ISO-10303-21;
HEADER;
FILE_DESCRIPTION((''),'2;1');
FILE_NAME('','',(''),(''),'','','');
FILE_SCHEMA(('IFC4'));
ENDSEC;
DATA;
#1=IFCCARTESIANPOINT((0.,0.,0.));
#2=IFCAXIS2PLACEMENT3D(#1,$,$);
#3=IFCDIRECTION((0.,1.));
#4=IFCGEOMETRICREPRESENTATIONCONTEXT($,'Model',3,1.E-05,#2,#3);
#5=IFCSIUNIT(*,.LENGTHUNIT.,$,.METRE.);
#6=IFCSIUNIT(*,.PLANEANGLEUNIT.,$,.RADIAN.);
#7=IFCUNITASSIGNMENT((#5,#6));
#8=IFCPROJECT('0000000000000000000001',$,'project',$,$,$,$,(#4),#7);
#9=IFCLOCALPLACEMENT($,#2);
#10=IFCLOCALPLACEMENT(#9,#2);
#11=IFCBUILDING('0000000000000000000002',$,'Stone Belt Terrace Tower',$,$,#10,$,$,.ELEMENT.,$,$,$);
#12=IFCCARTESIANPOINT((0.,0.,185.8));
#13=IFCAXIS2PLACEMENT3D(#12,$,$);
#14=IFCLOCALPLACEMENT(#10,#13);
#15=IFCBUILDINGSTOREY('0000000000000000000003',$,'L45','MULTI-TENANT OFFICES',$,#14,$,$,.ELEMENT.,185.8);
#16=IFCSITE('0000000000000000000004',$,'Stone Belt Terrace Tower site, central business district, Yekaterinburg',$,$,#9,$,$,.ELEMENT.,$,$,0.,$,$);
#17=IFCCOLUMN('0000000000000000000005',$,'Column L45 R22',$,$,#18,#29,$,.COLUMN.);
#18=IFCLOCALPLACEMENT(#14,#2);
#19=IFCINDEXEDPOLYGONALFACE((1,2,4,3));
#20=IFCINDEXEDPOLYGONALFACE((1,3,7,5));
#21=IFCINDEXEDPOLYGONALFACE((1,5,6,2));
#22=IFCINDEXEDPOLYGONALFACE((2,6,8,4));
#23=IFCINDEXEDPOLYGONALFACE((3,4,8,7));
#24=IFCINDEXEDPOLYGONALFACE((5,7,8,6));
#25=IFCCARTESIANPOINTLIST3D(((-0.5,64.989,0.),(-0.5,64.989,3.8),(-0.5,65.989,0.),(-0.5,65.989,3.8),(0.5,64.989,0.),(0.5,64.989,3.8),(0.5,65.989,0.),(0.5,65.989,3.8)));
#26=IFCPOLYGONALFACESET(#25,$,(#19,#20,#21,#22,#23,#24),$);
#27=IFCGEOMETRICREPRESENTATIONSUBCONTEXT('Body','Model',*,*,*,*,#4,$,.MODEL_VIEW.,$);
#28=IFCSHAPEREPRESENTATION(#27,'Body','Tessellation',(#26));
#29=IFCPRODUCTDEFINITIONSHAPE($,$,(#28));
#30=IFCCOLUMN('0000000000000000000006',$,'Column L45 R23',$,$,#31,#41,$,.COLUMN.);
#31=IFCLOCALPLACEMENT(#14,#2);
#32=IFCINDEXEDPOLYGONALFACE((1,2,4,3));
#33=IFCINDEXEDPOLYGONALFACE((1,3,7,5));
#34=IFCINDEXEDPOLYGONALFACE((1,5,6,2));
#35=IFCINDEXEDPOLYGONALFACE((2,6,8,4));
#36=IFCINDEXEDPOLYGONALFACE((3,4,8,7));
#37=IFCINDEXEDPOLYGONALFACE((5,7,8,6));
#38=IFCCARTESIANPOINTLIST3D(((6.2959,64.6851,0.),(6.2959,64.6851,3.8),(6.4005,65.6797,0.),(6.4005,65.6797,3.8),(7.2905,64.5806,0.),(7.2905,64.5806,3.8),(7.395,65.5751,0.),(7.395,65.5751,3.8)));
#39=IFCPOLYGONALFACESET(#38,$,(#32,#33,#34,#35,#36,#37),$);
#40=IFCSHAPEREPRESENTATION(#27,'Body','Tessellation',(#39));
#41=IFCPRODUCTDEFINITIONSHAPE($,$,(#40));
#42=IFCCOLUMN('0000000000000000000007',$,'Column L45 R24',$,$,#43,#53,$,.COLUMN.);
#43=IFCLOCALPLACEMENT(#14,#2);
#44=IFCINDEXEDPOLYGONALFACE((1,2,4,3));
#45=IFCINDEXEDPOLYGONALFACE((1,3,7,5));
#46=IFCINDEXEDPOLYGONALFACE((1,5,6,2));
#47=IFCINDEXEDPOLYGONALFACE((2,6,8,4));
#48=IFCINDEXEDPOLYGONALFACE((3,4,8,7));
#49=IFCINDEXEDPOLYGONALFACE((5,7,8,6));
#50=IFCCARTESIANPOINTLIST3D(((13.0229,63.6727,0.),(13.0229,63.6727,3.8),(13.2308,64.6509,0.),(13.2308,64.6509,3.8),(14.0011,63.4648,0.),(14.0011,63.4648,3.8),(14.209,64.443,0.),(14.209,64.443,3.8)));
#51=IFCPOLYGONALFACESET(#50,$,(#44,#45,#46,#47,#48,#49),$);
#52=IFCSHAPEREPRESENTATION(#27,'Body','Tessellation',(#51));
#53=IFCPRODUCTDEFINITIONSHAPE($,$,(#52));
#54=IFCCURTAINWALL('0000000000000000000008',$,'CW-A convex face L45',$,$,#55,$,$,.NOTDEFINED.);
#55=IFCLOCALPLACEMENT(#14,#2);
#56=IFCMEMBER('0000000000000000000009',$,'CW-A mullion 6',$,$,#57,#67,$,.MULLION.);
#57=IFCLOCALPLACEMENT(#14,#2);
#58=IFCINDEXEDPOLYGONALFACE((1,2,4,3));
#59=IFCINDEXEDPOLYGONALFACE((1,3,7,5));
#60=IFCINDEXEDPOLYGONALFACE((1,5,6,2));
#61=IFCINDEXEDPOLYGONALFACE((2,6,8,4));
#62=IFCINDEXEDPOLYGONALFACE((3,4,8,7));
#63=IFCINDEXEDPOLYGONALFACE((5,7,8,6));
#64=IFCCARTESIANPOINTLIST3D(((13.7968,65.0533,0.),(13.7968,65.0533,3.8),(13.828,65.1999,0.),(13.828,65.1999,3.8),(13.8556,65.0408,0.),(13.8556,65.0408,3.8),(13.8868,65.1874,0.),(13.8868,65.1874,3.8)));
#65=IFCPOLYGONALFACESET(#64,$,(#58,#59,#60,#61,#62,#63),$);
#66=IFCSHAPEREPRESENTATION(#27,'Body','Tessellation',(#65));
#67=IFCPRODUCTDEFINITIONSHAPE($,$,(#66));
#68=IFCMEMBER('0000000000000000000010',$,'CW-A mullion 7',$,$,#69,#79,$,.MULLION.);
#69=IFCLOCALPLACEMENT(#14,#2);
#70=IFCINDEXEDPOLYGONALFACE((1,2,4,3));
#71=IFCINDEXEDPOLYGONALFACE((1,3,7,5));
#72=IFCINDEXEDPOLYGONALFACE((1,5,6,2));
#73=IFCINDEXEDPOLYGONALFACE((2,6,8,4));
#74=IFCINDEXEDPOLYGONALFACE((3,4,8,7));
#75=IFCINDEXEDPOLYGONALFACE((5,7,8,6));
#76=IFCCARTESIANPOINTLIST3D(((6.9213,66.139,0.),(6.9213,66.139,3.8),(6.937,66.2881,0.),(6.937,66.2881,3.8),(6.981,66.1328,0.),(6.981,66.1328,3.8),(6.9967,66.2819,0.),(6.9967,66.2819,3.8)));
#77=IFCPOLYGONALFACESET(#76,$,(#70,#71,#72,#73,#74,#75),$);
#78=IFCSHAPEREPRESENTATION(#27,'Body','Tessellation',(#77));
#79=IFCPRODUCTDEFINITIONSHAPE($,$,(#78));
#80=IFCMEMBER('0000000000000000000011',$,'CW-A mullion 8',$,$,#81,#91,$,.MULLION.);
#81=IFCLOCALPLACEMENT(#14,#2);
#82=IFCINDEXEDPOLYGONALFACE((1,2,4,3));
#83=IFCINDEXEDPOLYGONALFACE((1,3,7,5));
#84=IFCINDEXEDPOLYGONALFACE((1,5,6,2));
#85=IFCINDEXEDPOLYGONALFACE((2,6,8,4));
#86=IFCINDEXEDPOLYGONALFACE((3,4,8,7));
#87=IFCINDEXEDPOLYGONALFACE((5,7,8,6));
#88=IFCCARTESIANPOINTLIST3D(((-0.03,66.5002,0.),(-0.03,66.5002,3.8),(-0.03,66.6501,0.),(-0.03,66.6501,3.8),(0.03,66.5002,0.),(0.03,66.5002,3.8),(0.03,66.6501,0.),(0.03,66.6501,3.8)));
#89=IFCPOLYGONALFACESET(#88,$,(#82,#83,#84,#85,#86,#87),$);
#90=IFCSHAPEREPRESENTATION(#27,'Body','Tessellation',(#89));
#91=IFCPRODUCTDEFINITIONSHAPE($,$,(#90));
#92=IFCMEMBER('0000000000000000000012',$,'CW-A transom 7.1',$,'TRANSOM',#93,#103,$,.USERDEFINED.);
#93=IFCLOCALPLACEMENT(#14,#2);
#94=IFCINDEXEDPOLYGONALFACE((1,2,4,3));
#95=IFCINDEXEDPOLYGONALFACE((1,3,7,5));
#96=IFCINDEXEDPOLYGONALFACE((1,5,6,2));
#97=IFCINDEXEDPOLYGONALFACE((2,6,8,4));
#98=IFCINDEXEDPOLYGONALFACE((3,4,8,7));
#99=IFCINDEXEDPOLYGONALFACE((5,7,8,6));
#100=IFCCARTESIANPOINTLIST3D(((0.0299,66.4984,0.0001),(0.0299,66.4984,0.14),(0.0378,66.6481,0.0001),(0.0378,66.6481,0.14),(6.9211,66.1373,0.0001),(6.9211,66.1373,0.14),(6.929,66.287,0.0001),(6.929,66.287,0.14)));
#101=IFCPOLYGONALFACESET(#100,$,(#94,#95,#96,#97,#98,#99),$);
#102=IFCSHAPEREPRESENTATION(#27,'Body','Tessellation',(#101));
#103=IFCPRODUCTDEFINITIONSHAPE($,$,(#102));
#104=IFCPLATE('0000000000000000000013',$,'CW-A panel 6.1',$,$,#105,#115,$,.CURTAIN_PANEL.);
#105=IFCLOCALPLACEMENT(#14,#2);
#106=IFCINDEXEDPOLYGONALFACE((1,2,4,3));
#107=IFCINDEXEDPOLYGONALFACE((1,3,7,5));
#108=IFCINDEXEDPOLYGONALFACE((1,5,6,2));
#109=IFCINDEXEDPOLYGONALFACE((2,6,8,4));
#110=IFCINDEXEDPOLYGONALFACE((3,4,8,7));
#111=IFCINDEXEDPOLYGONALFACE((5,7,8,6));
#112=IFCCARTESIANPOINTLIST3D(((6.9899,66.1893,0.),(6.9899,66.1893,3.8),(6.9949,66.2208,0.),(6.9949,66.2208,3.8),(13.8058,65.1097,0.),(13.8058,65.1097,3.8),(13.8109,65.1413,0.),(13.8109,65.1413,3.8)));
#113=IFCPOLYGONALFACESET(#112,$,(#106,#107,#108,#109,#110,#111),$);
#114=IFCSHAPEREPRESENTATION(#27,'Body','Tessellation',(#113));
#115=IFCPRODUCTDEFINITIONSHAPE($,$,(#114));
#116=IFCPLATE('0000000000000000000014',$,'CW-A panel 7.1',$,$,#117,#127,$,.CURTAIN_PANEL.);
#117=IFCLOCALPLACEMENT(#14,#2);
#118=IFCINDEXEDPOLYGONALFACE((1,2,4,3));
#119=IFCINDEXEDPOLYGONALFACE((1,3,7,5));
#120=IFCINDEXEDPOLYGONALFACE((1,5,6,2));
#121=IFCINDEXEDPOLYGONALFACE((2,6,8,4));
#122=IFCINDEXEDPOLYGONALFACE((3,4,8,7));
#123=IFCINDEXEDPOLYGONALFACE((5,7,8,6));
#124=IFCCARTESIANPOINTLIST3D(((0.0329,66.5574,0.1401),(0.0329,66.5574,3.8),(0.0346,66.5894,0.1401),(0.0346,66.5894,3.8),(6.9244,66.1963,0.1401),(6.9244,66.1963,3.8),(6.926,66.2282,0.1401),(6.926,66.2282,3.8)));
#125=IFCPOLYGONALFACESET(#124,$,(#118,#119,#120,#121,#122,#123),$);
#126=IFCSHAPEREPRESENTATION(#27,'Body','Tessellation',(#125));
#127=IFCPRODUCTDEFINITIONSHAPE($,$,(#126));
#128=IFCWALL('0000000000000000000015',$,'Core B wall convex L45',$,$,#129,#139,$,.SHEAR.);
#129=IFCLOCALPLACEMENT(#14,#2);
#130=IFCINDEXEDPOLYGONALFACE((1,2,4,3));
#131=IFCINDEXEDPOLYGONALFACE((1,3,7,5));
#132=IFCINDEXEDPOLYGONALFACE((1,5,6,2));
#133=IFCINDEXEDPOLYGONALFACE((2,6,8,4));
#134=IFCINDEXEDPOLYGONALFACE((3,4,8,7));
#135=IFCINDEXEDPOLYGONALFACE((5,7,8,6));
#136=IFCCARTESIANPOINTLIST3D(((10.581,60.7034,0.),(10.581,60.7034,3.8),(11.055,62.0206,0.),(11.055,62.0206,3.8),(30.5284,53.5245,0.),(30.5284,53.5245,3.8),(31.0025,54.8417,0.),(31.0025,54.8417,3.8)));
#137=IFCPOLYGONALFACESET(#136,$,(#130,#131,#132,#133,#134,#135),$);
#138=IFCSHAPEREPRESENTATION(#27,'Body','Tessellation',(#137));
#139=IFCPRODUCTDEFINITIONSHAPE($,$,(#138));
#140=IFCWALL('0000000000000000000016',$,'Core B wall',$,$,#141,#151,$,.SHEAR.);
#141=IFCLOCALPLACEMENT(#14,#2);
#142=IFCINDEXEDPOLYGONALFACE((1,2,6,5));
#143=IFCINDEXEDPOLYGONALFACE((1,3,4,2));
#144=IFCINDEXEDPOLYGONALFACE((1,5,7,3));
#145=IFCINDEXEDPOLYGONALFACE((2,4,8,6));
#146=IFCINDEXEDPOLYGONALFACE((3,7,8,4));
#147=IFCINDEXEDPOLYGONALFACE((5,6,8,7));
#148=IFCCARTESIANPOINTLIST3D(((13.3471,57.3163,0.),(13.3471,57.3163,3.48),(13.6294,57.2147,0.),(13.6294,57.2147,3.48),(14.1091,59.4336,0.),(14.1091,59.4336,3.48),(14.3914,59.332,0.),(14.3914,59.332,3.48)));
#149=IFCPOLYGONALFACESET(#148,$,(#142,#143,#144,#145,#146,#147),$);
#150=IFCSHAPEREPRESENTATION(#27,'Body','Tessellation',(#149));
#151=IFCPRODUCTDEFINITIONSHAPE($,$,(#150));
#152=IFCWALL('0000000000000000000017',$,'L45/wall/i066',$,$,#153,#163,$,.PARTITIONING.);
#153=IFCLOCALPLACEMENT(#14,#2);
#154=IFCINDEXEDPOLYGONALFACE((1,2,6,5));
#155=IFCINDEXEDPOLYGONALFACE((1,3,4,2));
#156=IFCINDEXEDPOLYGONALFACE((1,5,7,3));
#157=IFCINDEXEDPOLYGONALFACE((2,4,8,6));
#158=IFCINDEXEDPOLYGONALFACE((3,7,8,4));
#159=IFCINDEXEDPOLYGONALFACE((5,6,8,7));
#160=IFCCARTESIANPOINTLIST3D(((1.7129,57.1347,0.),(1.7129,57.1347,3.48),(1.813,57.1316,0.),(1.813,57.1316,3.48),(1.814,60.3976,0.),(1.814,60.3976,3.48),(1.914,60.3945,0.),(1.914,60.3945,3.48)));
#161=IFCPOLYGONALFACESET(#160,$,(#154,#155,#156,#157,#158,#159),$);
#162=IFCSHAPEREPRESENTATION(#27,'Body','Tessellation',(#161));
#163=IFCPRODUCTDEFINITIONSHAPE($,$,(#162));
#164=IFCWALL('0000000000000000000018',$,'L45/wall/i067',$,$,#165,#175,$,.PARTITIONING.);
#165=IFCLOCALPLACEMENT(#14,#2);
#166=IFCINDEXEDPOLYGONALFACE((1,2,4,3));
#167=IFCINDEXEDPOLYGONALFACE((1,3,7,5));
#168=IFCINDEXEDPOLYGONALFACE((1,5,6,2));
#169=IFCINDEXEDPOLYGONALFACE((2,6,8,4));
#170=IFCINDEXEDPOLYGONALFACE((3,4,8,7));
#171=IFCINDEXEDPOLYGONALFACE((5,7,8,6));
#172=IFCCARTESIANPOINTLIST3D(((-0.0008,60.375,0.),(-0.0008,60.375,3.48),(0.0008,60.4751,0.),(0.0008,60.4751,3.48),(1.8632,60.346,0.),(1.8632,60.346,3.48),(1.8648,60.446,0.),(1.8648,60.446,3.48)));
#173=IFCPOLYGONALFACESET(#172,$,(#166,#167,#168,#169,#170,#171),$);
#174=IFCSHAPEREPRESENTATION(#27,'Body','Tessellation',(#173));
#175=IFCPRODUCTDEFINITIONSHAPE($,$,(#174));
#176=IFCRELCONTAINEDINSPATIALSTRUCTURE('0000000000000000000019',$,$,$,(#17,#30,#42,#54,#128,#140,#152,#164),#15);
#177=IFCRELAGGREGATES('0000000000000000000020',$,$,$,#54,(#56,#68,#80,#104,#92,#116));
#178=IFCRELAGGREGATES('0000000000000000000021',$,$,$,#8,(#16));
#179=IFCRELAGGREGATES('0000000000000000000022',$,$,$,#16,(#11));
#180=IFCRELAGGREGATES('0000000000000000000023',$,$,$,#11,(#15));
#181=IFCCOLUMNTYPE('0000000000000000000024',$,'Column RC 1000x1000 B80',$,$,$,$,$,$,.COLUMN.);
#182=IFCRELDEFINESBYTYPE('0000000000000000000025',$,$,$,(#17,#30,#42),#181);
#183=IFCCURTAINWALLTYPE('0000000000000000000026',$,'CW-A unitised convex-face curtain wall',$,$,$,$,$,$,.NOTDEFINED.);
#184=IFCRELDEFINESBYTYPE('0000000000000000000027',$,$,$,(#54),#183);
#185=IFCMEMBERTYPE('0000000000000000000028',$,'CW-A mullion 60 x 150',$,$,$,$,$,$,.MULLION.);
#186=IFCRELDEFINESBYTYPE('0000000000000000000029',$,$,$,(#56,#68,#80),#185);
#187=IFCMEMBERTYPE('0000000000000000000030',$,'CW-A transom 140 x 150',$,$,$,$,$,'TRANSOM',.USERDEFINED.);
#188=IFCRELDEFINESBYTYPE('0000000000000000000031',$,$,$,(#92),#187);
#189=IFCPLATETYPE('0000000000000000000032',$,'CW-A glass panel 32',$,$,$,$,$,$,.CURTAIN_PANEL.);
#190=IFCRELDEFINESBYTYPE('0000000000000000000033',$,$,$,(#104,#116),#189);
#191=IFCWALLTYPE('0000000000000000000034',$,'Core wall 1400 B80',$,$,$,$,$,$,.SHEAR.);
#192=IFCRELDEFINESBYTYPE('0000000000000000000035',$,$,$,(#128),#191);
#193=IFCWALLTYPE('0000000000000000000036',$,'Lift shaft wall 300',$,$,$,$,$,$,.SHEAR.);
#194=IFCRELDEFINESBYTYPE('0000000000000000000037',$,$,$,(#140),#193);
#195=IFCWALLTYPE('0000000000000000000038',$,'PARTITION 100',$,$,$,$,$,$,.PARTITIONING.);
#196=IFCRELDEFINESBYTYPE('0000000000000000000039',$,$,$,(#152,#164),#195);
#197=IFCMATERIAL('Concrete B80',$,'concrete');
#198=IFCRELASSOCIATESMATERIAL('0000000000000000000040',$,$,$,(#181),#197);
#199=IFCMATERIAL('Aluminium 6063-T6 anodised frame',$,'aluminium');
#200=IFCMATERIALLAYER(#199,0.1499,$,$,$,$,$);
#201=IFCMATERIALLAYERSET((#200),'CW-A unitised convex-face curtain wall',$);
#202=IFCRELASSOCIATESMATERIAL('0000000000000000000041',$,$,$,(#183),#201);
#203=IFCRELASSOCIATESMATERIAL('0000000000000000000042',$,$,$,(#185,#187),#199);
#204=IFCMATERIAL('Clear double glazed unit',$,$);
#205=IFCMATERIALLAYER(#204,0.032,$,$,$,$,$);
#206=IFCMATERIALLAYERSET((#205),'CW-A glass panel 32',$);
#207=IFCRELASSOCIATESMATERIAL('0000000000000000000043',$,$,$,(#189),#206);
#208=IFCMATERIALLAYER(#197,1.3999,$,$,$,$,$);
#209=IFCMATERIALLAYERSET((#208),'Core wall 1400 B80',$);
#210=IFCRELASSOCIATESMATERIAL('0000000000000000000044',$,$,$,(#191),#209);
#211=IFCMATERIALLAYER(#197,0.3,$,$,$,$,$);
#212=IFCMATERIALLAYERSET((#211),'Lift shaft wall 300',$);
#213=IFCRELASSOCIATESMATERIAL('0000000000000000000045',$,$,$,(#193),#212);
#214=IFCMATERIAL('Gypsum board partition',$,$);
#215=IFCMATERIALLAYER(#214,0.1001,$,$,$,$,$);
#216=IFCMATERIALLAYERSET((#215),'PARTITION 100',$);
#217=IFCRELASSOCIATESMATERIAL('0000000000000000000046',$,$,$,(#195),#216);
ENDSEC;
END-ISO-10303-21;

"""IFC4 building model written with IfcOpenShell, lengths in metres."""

from ifc_helpers import new_model, si_unit, direction, frame, frame_2d, origin, origin_2d, place, context, subcontext, project, spatial, rectangle, extrude, material, layer, layer_set, material_profile, profile_set, type_object, element, aggregate, save


model = new_model("IFC4")

# Units and contexts
model_context = context("Model", 3, precision=1e-05, world=origin(), true_north=direction((0.0, 1.0)))
body_context = subcontext(model_context, "Body", "Model", "MODEL_VIEW")
ifc_project = project(units=[si_unit("LENGTHUNIT", "METRE"), si_unit("PLANEANGLEUNIT", "RADIAN")], contexts=[model_context])

# Site, building, storey
site_placement = place(None, origin())
site = spatial("IfcSite", under=ifc_project, at=site_placement, Name="Stone Belt Terrace Tower site, central business district, Yekaterinburg", CompositionType="ELEMENT", RefElevation=0.0)
building_placement = place(site_placement, origin())
building = spatial("IfcBuilding", under=site, at=building_placement, Name="Stone Belt Terrace Tower", CompositionType="ELEMENT")
storey_placement = place(building_placement, frame((0.0, 0.0, 185.8)))
storey = spatial("IfcBuildingStorey", under=building, at=storey_placement, Name="L45", Description="MULTI-TENANT OFFICES", CompositionType="ELEMENT", Elevation=185.8)

# Columns
ifc_material_1 = material(Name="Concrete B80", Category="concrete")
ifc_material_profile_1 = material_profile(ifc_material_1, rectangle(XDim=1.0, YDim=1.0, at=origin_2d()), Name="RC 1000x1000")
ifc_profile_set_1 = profile_set([ifc_material_profile_1], Name="Concrete B80")
column_type = type_object("IfcColumnType", Name="Column RC 1000x1000 B80", PredefinedType="COLUMN", material=ifc_profile_set_1)
for number, where, z_axis, x_axis, name in (
    (1, (0.0, 65.489, 0.0), (0.0, 0.0, 1.0), (1.0, 0.0, 0.0), "Column L45 R22"),
    (2, (6.8455, 65.1301, 0.0), (0.0, 0.0, 1.0), (0.994522, -0.104528, 0.0), "Column L45 R23"),
    (3, (13.616, 64.0579, 0.0), (0.0, 0.0, 1.0), (0.978148, -0.207912, 0.0), "Column L45 R24"),
):
    element("IfcColumn", number, at=place(storey_placement, frame(where, z_axis=z_axis, x_axis=x_axis)), inside=storey, type_object=column_type, Name=name, PredefinedType="COLUMN", context=body_context, shape_type="SweptSolid", body=[
        extrude(rectangle(XDim=1.0, YDim=1.0, at=origin_2d()), origin(), (0.0, 0.0, 1.0), 3.8),
    ])

# Curtain wall, members, plates
ifc_material_2 = material(Name="Aluminium 6063-T6 anodised frame", Category="aluminium")
ifc_layer_1 = layer(ifc_material_2, 0.1499)
ifc_layer_set_1 = layer_set([ifc_layer_1], Name="CW-A unitised convex-face curtain wall")
curtain_wall_type = type_object("IfcCurtainWallType", Name="CW-A unitised convex-face curtain wall", PredefinedType="NOTDEFINED", material=ifc_layer_set_1)
curtain_wall_placement = place(storey_placement, origin())
curtain_wall = element("IfcCurtainWall", 4, at=curtain_wall_placement, inside=storey, type_object=curtain_wall_type, Name="CW-A convex face L45", PredefinedType="NOTDEFINED")
ifc_material_profile_2 = material_profile(ifc_material_2, rectangle(XDim=0.1499, YDim=0.0601, at=origin_2d()), Name="Aluminium 6063-T6 60x150")
ifc_profile_set_2 = profile_set([ifc_material_profile_2], Name="Aluminium 6063-T6 anodised frame")
member_type_1 = type_object("IfcMemberType", Name="CW-A mullion 60 x 150", PredefinedType="MULLION", material=ifc_profile_set_2)
member_1_placement = place(storey_placement, frame((13.8418, 65.1204, 0.0), z_axis=(0.0, 0.0, 1.0), x_axis=(-0.207912, -0.978148, 0.0)))
member_1 = element("IfcMember", 5, at=member_1_placement, type_object=member_type_1, Name="CW-A mullion 6", PredefinedType="MULLION", context=body_context, shape_type="SweptSolid", body=[
    extrude(rectangle(XDim=0.1499, YDim=0.0601, at=origin_2d()), origin(), (0.0, 0.0, 1.0), 3.8),
])
member_2_placement = place(storey_placement, frame((6.959, 66.2104, 0.0), z_axis=(0.0, 0.0, 1.0), x_axis=(-0.104528, -0.994522, 0.0)))
member_2 = element("IfcMember", 6, at=member_2_placement, type_object=member_type_1, Name="CW-A mullion 7", PredefinedType="MULLION", context=body_context, shape_type="SweptSolid", body=[
    extrude(rectangle(XDim=0.1499, YDim=0.0601, at=origin_2d()), origin(), (0.0, 0.0, 1.0), 3.8),
])
member_3_placement = place(storey_placement, frame((0.0, 66.5752, 0.0), z_axis=(0.0, 0.0, 1.0), x_axis=(0.0, -1.0, 0.0)))
member_3 = element("IfcMember", 7, at=member_3_placement, type_object=member_type_1, Name="CW-A mullion 8", PredefinedType="MULLION", context=body_context, shape_type="SweptSolid", body=[
    extrude(rectangle(XDim=0.1499, YDim=0.0601, at=origin_2d()), origin(), (0.0, 0.0, 1.0), 3.8),
])
ifc_material_profile_3 = material_profile(ifc_material_2, rectangle(XDim=0.1499, YDim=0.1399, at=origin_2d()), Name="Aluminium 6063-T6 150x140")
ifc_profile_set_3 = profile_set([ifc_material_profile_3], Name="Aluminium 6063-T6 anodised frame")
member_type_2 = type_object("IfcMemberType", Name="CW-A transom 140 x 150", ElementType="TRANSOM", PredefinedType="USERDEFINED", material=ifc_profile_set_3)
member_4_placement = place(storey_placement, frame((6.925, 66.2122, 0.0701), z_axis=(-0.99863, 0.052327, 0.0), x_axis=(-0.052327, -0.99863, 0.0)))
member_4 = element("IfcMember", 8, at=member_4_placement, type_object=member_type_2, Name="CW-A transom 7.1", ObjectType="TRANSOM", PredefinedType="USERDEFINED", context=body_context, shape_type="SweptSolid", body=[
    extrude(rectangle(XDim=0.1499, YDim=0.1399, at=origin_2d()), origin(), (0.0, 0.0, 1.0), 6.9006),
])
ifc_material_3 = material(Name="Clear double glazed unit")
ifc_layer_2 = layer(ifc_material_3, 0.032)
ifc_layer_set_2 = layer_set([ifc_layer_2], Name="CW-A glass panel 32")
plate_type = type_object("IfcPlateType", Name="CW-A glass panel 32", PredefinedType="CURTAIN_PANEL", material=ifc_layer_set_2)
plate_1_placement = place(storey_placement, frame((10.4004, 65.6653, 0.0), z_axis=(0.0, 0.0, 1.0), x_axis=(-0.987688, 0.156434, 0.0)))
plate_1 = element("IfcPlate", 9, at=plate_1_placement, type_object=plate_type, Name="CW-A panel 6.1", PredefinedType="CURTAIN_PANEL", context=body_context, shape_type="SweptSolid", body=[
    extrude(rectangle(XDim=6.9009, YDim=0.032, at=origin_2d()), origin(), (0.0, 0.0, 1.0), 3.8),
])
plate_2_placement = place(storey_placement, frame((3.4795, 66.3928, 0.1401), z_axis=(0.0, 0.0, 1.0), x_axis=(-0.99863, 0.052336, 0.0)))
plate_2 = element("IfcPlate", 10, at=plate_2_placement, type_object=plate_type, Name="CW-A panel 7.1", PredefinedType="CURTAIN_PANEL", context=body_context, shape_type="SweptSolid", body=[
    extrude(rectangle(XDim=6.9009, YDim=0.032, at=origin_2d()), origin(), (0.0, 0.0, 1.0), 3.6599),
])
aggregate(curtain_wall, [member_1, member_2, member_3, plate_1, member_4, plate_2])

# Walls
ifc_layer_3 = layer(ifc_material_1, 1.3999)
ifc_layer_set_3 = layer_set([ifc_layer_3], Name="Core wall 1400 B80")
wall_type_1 = type_object("IfcWallType", Name="Core wall 1400 B80", PredefinedType="SHEAR", material=ifc_layer_set_3)
wall_1_placement = place(storey_placement, frame((10.8179, 61.3621, 0.0), z_axis=(0.0, 0.0, 1.0), x_axis=(0.94092, -0.33863, 0.0)))
element("IfcWall", 11, at=wall_1_placement, inside=storey, type_object=wall_type_1, Name="Core B wall convex L45", PredefinedType="SHEAR", context=body_context, shape_type="SweptSolid", body=[
    extrude(rectangle(XDim=21.2, YDim=1.3999, at=frame_2d((10.6001, 0.0))), origin(), (0.0, 0.0, 1.0), 3.8),
])
ifc_layer_4 = layer(ifc_material_1, 0.3)
ifc_layer_set_4 = layer_set([ifc_layer_4], Name="Lift shaft wall 300")
wall_type_2 = type_object("IfcWallType", Name="Lift shaft wall 300", PredefinedType="SHEAR", material=ifc_layer_set_4)
wall_2_placement = place(storey_placement, frame((13.4883, 57.2656, 0.0), z_axis=(0.0, 0.0, 1.0), x_axis=(0.338631, 0.940919, 0.0)))
element("IfcWall", 12, at=wall_2_placement, inside=storey, type_object=wall_type_2, Name="Core B wall", PredefinedType="SHEAR", context=body_context, shape_type="SweptSolid", body=[
    extrude(rectangle(XDim=2.2502, YDim=0.3, at=frame_2d((1.125, 0.0))), origin(), (0.0, 0.0, 1.0), 3.48),
])
ifc_material_4 = material(Name="Gypsum board partition")
ifc_layer_5 = layer(ifc_material_4, 0.1001)
ifc_layer_set_5 = layer_set([ifc_layer_5], Name="PARTITION 100")
wall_type_3 = type_object("IfcWallType", Name="PARTITION 100", PredefinedType="PARTITIONING", material=ifc_layer_set_5)
wall_3_placement = place(storey_placement, frame((1.7629, 57.1331, 0.0), z_axis=(0.0, 0.0, 1.0), x_axis=(0.030962, 0.999521, 0.0)))
element("IfcWall", 13, at=wall_3_placement, inside=storey, type_object=wall_type_3, Name="L45/wall/i066", PredefinedType="PARTITIONING", context=body_context, shape_type="SweptSolid", body=[
    extrude(rectangle(XDim=3.2644, YDim=0.1001, at=frame_2d((1.6323, 0.0))), origin(), (0.0, 0.0, 1.0), 3.48),
])
wall_4_placement = place(storey_placement, frame((1.864, 60.396, 0.0), z_axis=(0.0, 0.0, 1.0), x_axis=(-0.999879, 0.015584, 0.0)))
element("IfcWall", 14, at=wall_4_placement, inside=storey, type_object=wall_type_3, Name="L45/wall/i067", PredefinedType="PARTITIONING", context=body_context, shape_type="SweptSolid", body=[
    extrude(rectangle(XDim=1.8643, YDim=0.1001, at=frame_2d((0.9321, 0.0))), origin(), (0.0, 0.0, 1.0), 3.48),
])

save(model, "model.ifc")
